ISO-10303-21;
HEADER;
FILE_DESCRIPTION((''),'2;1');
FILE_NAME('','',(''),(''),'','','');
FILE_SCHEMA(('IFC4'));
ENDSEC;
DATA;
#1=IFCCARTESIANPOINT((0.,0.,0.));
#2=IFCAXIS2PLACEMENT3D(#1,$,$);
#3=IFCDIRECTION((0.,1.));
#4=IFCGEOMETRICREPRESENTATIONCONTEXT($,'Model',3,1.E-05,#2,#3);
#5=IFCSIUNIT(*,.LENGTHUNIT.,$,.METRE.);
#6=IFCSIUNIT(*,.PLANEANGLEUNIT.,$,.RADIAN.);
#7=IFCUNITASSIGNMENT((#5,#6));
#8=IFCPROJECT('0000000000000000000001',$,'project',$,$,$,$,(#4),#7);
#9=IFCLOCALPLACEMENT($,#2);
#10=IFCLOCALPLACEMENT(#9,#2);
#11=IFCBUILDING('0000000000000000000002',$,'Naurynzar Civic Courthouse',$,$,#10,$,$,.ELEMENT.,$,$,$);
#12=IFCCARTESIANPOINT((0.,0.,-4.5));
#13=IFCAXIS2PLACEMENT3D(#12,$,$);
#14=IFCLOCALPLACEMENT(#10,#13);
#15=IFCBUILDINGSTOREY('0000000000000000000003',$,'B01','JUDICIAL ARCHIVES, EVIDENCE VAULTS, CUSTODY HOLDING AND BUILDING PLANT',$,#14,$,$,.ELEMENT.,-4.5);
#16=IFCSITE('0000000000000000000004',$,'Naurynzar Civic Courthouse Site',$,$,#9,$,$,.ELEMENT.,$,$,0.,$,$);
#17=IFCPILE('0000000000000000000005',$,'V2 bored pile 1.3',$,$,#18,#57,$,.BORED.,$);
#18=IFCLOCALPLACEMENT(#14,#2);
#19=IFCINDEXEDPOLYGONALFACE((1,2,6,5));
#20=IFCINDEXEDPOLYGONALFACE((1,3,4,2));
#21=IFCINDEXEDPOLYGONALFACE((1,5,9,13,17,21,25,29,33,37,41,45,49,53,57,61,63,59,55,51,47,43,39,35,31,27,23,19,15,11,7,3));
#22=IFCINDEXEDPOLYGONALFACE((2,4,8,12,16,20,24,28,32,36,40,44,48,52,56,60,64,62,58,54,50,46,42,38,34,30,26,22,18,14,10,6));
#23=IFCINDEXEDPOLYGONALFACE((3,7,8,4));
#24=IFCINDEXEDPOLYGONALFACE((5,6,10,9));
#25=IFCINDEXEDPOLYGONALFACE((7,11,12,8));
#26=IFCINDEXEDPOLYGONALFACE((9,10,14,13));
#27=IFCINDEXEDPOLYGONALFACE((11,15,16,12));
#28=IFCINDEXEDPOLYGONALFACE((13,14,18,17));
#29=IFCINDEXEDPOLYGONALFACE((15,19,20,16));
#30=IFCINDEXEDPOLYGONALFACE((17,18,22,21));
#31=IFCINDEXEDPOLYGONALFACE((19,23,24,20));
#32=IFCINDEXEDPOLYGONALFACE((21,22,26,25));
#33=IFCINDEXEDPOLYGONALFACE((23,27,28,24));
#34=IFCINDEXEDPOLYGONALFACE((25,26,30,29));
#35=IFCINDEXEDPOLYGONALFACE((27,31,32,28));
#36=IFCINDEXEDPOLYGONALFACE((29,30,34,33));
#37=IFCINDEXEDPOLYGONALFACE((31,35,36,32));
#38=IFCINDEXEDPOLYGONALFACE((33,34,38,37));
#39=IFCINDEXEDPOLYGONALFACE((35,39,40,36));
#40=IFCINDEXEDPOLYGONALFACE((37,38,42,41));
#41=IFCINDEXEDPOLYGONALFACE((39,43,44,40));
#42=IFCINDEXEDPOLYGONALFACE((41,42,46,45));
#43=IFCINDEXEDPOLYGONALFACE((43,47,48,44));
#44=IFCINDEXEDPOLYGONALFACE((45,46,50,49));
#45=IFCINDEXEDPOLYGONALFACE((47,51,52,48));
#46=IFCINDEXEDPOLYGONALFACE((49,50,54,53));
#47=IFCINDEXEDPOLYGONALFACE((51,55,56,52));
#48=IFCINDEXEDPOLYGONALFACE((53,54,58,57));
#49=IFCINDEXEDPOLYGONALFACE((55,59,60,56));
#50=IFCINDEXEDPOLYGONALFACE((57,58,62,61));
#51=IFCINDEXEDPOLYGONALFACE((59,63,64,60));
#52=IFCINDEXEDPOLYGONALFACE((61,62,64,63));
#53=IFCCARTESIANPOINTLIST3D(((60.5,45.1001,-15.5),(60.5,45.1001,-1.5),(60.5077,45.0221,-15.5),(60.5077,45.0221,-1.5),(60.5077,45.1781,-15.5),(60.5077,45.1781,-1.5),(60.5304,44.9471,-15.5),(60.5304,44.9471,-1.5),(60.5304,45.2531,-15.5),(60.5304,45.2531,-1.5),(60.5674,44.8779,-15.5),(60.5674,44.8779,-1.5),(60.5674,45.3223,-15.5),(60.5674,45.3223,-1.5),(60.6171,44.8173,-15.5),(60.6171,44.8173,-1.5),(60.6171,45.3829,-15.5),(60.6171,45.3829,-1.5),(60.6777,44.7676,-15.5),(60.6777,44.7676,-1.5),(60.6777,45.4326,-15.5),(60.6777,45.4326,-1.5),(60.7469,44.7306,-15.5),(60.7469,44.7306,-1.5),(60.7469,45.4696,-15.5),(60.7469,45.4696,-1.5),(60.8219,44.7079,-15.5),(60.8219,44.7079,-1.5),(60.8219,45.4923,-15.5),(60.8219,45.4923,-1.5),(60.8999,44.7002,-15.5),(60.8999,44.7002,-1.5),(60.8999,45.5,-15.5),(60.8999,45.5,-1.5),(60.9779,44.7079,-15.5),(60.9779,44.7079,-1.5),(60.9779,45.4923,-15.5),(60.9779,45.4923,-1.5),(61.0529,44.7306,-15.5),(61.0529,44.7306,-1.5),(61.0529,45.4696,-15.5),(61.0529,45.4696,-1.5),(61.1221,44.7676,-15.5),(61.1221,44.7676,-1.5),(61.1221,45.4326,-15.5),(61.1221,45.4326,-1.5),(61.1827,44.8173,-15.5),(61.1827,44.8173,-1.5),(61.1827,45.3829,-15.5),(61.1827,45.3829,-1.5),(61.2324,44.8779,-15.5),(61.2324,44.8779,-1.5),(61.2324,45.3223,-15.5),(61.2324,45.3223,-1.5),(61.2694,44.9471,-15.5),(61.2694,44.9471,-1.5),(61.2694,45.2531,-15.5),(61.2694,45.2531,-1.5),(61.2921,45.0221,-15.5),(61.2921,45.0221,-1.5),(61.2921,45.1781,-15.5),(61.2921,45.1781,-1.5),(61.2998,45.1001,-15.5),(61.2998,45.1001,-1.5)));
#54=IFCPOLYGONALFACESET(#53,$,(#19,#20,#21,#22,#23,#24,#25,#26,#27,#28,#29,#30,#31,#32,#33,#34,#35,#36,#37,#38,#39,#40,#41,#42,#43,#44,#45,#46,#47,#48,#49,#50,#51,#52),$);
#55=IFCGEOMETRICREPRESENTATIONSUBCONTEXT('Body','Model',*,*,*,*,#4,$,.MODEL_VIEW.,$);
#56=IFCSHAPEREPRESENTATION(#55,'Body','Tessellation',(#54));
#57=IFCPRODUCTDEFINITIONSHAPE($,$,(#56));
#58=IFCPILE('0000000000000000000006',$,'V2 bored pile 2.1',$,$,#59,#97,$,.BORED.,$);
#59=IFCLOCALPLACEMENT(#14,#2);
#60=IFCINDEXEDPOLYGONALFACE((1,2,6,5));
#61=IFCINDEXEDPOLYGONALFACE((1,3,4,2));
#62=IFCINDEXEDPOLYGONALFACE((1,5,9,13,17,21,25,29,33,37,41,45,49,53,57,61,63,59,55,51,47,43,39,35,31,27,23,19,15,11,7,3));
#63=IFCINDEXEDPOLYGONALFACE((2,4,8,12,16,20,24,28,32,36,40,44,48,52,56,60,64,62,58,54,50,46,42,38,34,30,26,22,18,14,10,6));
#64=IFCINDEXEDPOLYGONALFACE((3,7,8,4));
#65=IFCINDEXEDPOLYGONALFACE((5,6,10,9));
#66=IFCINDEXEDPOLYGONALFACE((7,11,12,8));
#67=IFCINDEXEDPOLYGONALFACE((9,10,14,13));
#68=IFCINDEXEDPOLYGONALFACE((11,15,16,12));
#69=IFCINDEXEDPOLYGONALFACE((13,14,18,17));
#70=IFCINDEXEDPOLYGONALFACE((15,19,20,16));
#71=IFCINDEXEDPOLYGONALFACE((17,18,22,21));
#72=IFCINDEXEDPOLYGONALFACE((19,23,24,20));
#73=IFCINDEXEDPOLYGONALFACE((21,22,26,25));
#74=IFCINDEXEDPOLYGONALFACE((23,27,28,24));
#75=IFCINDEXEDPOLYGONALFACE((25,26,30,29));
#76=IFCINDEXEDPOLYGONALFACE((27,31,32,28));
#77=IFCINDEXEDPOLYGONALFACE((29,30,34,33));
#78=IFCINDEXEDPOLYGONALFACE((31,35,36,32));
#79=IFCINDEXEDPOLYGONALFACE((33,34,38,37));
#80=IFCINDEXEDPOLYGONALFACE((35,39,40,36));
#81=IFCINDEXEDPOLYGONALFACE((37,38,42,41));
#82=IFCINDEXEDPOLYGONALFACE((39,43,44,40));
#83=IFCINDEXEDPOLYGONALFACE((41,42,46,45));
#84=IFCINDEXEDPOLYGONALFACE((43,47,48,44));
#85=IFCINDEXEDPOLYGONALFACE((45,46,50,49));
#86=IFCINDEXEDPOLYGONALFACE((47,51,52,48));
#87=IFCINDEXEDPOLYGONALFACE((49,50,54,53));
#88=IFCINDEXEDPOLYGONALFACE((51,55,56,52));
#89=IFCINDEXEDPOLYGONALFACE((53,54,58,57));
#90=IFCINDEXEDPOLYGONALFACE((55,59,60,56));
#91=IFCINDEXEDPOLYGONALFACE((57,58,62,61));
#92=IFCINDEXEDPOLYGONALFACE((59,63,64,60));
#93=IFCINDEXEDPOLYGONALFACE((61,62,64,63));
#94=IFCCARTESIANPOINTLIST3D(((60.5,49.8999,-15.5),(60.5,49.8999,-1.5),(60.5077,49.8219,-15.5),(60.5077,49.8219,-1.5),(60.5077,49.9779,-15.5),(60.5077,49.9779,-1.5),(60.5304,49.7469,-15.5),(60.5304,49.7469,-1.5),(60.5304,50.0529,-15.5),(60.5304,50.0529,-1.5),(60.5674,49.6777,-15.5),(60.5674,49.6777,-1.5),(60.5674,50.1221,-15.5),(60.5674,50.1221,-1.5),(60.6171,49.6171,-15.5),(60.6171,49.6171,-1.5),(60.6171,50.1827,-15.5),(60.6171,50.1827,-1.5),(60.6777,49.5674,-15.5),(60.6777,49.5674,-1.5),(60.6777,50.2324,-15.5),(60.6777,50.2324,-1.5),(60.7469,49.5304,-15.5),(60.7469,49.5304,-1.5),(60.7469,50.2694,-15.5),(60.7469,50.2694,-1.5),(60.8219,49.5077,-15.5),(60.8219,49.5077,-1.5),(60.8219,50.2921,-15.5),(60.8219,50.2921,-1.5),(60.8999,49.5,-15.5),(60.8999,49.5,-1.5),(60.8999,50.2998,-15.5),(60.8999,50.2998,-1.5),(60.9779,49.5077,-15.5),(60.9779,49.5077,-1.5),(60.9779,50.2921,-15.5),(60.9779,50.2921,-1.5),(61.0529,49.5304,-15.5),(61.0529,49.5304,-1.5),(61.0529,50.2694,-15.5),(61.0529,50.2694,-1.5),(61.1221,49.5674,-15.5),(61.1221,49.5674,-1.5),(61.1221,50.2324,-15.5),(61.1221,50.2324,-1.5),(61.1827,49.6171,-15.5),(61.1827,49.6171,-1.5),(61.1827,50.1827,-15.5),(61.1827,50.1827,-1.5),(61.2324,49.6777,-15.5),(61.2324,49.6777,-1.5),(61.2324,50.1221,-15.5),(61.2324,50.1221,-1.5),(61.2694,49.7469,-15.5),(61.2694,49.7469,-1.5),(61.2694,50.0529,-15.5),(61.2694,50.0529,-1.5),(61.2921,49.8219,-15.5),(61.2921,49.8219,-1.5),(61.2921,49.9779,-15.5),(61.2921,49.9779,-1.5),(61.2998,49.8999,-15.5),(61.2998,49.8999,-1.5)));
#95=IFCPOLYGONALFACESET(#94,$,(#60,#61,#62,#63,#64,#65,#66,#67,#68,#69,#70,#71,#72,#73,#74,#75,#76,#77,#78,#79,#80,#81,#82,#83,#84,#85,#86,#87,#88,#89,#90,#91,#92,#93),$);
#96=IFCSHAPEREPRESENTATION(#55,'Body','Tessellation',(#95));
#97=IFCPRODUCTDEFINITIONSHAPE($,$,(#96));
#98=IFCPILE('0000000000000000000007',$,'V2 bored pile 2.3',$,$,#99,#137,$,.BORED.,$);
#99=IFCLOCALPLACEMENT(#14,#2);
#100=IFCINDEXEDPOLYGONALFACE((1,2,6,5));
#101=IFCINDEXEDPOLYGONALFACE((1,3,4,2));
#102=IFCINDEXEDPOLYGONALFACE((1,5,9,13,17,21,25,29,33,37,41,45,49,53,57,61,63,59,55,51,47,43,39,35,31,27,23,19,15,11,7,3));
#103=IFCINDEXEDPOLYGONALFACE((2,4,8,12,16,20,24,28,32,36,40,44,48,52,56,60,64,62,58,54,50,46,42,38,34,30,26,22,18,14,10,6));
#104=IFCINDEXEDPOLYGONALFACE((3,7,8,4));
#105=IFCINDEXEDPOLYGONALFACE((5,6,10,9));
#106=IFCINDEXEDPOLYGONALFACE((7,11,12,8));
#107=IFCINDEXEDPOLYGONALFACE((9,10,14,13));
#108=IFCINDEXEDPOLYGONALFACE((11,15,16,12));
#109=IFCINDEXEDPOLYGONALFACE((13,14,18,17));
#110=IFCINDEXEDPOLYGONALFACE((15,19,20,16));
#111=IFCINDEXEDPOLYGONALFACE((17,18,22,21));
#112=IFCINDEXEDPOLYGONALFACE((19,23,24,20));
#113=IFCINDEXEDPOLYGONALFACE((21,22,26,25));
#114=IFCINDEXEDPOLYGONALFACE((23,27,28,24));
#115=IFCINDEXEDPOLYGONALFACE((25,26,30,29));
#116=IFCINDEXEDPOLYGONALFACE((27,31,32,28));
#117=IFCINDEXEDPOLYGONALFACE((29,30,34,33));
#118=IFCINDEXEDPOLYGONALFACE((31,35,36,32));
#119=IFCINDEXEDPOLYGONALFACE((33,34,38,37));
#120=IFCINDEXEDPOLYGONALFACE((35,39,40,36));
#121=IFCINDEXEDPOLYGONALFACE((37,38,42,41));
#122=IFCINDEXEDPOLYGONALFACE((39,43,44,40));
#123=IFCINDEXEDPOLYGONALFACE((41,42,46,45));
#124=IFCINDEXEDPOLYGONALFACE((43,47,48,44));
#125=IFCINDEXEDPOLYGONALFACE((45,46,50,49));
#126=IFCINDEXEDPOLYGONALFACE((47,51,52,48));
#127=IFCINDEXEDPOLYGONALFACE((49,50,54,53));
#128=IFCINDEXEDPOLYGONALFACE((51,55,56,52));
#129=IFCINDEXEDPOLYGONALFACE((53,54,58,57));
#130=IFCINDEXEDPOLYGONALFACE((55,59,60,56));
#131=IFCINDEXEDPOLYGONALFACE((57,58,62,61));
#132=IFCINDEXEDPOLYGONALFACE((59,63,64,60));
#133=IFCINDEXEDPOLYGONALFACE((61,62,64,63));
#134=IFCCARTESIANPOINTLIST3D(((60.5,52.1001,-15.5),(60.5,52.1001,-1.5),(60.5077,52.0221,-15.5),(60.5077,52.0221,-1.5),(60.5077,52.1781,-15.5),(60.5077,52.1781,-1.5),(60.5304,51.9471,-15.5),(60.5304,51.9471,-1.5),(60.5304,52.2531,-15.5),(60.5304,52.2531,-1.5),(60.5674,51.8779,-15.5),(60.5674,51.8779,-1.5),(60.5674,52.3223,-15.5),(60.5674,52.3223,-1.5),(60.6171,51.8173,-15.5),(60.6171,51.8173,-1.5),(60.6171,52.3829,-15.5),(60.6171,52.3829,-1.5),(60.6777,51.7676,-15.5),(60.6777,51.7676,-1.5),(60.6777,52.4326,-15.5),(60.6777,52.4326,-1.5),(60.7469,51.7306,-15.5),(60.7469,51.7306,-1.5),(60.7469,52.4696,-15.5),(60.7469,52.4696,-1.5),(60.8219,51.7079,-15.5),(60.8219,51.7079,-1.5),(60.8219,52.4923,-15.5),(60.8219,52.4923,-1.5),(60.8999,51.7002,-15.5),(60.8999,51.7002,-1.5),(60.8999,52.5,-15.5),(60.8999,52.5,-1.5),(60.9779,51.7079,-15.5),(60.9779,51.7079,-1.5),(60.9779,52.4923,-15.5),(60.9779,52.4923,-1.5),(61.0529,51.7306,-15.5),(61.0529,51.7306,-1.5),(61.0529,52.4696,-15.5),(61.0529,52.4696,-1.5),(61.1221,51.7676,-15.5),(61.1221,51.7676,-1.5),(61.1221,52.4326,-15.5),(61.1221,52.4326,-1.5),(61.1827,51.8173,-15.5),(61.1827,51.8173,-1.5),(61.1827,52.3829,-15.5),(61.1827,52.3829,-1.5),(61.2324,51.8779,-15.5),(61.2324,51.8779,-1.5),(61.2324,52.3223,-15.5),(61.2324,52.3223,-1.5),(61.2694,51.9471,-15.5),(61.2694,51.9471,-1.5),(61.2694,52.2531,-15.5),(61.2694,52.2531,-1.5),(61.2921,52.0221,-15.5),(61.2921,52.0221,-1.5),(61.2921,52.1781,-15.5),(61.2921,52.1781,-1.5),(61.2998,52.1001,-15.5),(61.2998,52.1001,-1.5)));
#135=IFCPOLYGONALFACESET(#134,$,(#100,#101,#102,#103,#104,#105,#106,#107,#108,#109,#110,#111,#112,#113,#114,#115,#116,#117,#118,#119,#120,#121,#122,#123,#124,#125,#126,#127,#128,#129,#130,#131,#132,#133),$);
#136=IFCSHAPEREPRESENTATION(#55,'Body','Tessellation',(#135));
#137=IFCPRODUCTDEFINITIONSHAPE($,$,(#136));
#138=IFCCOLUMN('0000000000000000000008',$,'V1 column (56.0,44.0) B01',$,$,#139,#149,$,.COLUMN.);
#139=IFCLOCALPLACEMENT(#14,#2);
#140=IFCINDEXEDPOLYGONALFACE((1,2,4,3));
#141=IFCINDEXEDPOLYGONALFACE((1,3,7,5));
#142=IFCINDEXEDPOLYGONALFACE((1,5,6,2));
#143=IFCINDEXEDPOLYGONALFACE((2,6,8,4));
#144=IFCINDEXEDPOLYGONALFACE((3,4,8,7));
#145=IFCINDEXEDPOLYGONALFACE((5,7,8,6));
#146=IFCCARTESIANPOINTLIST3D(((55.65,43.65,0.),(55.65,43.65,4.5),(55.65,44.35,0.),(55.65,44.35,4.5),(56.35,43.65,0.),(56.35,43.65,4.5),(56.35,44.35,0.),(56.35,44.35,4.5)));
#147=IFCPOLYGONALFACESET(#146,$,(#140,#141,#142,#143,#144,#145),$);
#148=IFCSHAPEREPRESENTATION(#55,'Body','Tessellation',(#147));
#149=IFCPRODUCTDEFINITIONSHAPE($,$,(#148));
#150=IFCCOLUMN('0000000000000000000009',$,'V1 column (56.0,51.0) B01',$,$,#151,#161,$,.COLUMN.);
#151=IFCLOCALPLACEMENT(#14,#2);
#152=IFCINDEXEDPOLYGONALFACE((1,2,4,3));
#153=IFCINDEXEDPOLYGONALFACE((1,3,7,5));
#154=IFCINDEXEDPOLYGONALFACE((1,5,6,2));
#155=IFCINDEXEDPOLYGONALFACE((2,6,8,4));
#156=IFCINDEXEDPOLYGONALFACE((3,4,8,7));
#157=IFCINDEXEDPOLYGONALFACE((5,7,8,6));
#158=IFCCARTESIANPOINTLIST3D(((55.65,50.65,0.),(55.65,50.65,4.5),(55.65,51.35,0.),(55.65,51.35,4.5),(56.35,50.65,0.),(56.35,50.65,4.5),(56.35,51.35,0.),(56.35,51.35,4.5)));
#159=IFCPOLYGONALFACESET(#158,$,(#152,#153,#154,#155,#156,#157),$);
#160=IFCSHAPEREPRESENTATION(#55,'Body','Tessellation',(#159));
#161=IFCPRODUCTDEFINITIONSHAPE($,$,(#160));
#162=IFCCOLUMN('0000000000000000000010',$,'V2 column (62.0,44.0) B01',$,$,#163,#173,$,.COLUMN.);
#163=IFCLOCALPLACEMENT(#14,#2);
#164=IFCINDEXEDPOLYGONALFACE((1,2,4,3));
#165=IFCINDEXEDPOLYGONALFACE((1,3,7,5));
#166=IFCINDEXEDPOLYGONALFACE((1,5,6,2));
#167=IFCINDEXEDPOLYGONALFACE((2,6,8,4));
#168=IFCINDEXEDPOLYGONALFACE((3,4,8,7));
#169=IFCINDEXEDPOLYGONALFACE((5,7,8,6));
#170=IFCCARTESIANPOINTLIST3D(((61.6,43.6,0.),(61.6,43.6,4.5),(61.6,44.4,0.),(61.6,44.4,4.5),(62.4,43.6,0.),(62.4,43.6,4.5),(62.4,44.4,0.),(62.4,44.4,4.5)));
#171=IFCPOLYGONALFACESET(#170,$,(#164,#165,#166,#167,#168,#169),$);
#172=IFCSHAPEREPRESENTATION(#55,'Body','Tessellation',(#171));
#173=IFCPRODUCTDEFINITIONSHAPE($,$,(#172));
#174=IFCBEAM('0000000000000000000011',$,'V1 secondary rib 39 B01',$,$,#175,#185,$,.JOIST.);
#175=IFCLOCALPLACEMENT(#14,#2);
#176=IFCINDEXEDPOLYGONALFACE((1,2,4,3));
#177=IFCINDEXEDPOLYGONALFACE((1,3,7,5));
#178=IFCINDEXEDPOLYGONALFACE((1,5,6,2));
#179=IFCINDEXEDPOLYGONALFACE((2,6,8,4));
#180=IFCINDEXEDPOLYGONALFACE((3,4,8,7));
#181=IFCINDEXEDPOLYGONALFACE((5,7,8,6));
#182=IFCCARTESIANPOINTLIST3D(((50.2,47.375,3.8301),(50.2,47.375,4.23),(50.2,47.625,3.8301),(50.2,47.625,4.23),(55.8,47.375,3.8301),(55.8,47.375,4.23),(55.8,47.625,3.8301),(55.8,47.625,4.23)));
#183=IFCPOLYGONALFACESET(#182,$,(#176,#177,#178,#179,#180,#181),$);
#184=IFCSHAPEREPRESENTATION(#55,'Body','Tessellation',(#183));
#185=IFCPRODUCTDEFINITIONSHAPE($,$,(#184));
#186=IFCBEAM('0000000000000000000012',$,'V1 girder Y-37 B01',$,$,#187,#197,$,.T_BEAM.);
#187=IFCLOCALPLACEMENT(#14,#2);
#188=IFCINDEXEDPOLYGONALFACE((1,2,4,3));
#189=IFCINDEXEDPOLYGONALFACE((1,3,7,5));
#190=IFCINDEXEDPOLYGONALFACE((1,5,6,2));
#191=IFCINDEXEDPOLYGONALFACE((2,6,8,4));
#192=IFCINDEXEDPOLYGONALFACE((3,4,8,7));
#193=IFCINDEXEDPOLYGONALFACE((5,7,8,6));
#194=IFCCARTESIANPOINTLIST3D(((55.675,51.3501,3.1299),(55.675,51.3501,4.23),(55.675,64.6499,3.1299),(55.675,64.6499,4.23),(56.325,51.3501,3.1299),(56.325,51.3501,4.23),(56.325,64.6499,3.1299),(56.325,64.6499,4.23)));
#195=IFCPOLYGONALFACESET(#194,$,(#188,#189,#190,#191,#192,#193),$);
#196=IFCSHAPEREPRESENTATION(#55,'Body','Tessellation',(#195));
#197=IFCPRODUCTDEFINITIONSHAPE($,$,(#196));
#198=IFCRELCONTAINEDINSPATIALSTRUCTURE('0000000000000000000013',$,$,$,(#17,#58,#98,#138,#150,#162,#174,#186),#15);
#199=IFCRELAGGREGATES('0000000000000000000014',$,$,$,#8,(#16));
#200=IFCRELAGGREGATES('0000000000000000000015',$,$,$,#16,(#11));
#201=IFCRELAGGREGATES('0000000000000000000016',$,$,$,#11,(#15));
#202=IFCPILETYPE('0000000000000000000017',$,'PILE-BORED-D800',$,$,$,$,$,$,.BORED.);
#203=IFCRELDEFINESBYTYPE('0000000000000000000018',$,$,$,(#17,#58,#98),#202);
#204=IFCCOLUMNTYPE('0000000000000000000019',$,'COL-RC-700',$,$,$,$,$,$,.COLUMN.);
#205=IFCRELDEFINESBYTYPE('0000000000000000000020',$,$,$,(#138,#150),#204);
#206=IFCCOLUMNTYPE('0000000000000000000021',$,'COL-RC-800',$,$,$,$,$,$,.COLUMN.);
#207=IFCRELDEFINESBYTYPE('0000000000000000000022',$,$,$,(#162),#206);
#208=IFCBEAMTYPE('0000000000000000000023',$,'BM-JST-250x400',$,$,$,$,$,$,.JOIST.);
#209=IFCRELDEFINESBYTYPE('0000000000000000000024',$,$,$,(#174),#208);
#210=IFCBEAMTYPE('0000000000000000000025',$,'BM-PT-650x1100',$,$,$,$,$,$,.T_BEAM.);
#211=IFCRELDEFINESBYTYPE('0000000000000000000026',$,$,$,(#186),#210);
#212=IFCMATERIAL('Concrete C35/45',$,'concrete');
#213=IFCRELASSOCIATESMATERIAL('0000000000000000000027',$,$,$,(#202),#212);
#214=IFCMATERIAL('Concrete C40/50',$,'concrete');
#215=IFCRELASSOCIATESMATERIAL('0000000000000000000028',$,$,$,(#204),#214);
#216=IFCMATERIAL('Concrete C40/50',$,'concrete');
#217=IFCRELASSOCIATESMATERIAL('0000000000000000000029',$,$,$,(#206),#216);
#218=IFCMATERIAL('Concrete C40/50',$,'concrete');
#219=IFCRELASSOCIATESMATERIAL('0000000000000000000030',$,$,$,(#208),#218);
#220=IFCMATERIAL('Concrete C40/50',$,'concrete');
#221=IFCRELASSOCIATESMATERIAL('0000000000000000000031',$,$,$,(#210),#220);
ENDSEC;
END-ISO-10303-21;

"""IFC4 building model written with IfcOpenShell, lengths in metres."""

from ifc_helpers import new_model, si_unit, direction, frame, origin, origin_2d, place, context, subcontext, project, spatial, rectangle, circle, extrude, material, material_profile, profile_set, type_object, element, save


model = new_model("IFC4")

# Units and contexts
model_context = context("Model", 3, precision=1e-05, world=origin(), true_north=direction((0.0, 1.0)))
body_context = subcontext(model_context, "Body", "Model", "MODEL_VIEW")
ifc_project = project(units=[si_unit("LENGTHUNIT", "METRE"), si_unit("PLANEANGLEUNIT", "RADIAN")], contexts=[model_context])

# Site, building, storey
site_placement = place(None, origin())
site = spatial("IfcSite", under=ifc_project, at=site_placement, Name="Naurynzar Civic Courthouse Site", CompositionType="ELEMENT", RefElevation=0.0)
building_placement = place(site_placement, origin())
building = spatial("IfcBuilding", under=site, at=building_placement, Name="Naurynzar Civic Courthouse", CompositionType="ELEMENT")
storey_placement = place(building_placement, frame((0.0, 0.0, -4.5)))
storey = spatial("IfcBuildingStorey", under=building, at=storey_placement, Name="B01", Description="JUDICIAL ARCHIVES, EVIDENCE VAULTS, CUSTODY HOLDING AND BUILDING PLANT", CompositionType="ELEMENT", Elevation=-4.5)

# Piles
ifc_material_1 = material(Name="Concrete C35/45", Category="concrete")
ifc_material_profile_1 = material_profile(ifc_material_1, circle(Radius=0.3999, at=origin_2d()), Name="PILE D800")
ifc_profile_set_1 = profile_set([ifc_material_profile_1], Name="Concrete C35/45")
pile_type = type_object("IfcPileType", Name="PILE-BORED-D800", PredefinedType="BORED", material=ifc_profile_set_1)
for number, where, z_axis, x_axis, name in (
    (1, (60.8999, 45.1001, -1.5), (0.0, 0.0, -1.0), (1.0, 0.0, 0.0), "V2 bored pile 1.3"),
    (2, (60.8999, 49.8999, -1.5), (0.0, 0.0, -1.0), (1.0, 0.0, 0.0), "V2 bored pile 2.1"),
    (3, (60.8999, 52.1001, -1.5), (0.0, 0.0, -1.0), (1.0, 0.0, 0.0), "V2 bored pile 2.3"),
):
    element("IfcPile", number, at=place(storey_placement, frame(where, z_axis=z_axis, x_axis=x_axis)), inside=storey, type_object=pile_type, Name=name, PredefinedType="BORED", context=body_context, shape_type="SweptSolid", body=[
        extrude(circle(Radius=0.3999, at=origin_2d()), origin(), (0.0, 0.0, 1.0), 14.0),
    ])

# Columns
ifc_material_2 = material(Name="Concrete C40/50", Category="concrete")
ifc_material_profile_2 = material_profile(ifc_material_2, rectangle(XDim=0.7, YDim=0.7, at=origin_2d()), Name="RC 700x700")
ifc_profile_set_2 = profile_set([ifc_material_profile_2], Name="Concrete C40/50")
column_type_1 = type_object("IfcColumnType", Name="COL-RC-700", PredefinedType="COLUMN", material=ifc_profile_set_2)
for number, where, z_axis, x_axis, name in (
    (4, (56.0, 44.0, 0.0), (0.0, 0.0, 1.0), (1.0, 0.0, 0.0), "V1 column (56.0,44.0) B01"),
    (5, (56.0, 51.0, 0.0), (0.0, 0.0, 1.0), (1.0, 0.0, 0.0), "V1 column (56.0,51.0) B01"),
):
    element("IfcColumn", number, at=place(storey_placement, frame(where, z_axis=z_axis, x_axis=x_axis)), inside=storey, type_object=column_type_1, Name=name, PredefinedType="COLUMN", context=body_context, shape_type="SweptSolid", body=[
        extrude(rectangle(XDim=0.7, YDim=0.7, at=origin_2d()), origin(), (0.0, 0.0, 1.0), 4.5),
    ])
ifc_material_3 = material(Name="Concrete C40/50", Category="concrete")
ifc_material_profile_3 = material_profile(ifc_material_3, rectangle(XDim=0.8, YDim=0.8, at=origin_2d()), Name="RC 800x800")
ifc_profile_set_3 = profile_set([ifc_material_profile_3], Name="Concrete C40/50")
column_type_2 = type_object("IfcColumnType", Name="COL-RC-800", PredefinedType="COLUMN", material=ifc_profile_set_3)
column_placement = place(storey_placement, frame((62.0, 44.0, 0.0), z_axis=(0.0, 0.0, 1.0), x_axis=(1.0, 0.0, 0.0)))
element("IfcColumn", 6, at=column_placement, inside=storey, type_object=column_type_2, Name="V2 column (62.0,44.0) B01", PredefinedType="COLUMN", context=body_context, shape_type="SweptSolid", body=[
    extrude(rectangle(XDim=0.8, YDim=0.8, at=origin_2d()), origin(), (0.0, 0.0, 1.0), 4.5),
])

# Beams
ifc_material_4 = material(Name="Concrete C40/50", Category="concrete")
ifc_material_profile_4 = material_profile(ifc_material_4, rectangle(XDim=0.25, YDim=0.3999, at=origin_2d()), Name="RCB 250x400")
ifc_profile_set_4 = profile_set([ifc_material_profile_4], Name="Concrete C40/50")
beam_type_1 = type_object("IfcBeamType", Name="BM-JST-250x400", PredefinedType="JOIST", material=ifc_profile_set_4)
beam_1_placement = place(storey_placement, frame((50.2, 47.5, 4.03), z_axis=(1.0, 0.0, 0.0), x_axis=(0.0, 1.0, 0.0)))
element("IfcBeam", 7, at=beam_1_placement, inside=storey, type_object=beam_type_1, Name="V1 secondary rib 39 B01", PredefinedType="JOIST", context=body_context, shape_type="SweptSolid", body=[
    extrude(rectangle(XDim=0.25, YDim=0.3999, at=origin_2d()), origin(), (0.0, 0.0, 1.0), 5.6001),
])
ifc_material_5 = material(Name="Concrete C40/50", Category="concrete")
ifc_material_profile_5 = material_profile(ifc_material_5, rectangle(XDim=0.6499, YDim=1.1001, at=origin_2d()), Name="PTB 650x1100")
ifc_profile_set_5 = profile_set([ifc_material_profile_5], Name="Concrete C40/50")
beam_type_2 = type_object("IfcBeamType", Name="BM-PT-650x1100", PredefinedType="T_BEAM", material=ifc_profile_set_5)
beam_2_placement = place(storey_placement, frame((56.0, 51.3501, 3.6799), z_axis=(0.0, 1.0, 0.0), x_axis=(-1.0, 0.0, 0.0)))
element("IfcBeam", 8, at=beam_2_placement, inside=storey, type_object=beam_type_2, Name="V1 girder Y-37 B01", PredefinedType="T_BEAM", context=body_context, shape_type="SweptSolid", body=[
    extrude(rectangle(XDim=0.6499, YDim=1.1001, at=origin_2d()), origin(), (0.0, 0.0, 1.0), 13.2998),
])

save(model, "model.ifc")
